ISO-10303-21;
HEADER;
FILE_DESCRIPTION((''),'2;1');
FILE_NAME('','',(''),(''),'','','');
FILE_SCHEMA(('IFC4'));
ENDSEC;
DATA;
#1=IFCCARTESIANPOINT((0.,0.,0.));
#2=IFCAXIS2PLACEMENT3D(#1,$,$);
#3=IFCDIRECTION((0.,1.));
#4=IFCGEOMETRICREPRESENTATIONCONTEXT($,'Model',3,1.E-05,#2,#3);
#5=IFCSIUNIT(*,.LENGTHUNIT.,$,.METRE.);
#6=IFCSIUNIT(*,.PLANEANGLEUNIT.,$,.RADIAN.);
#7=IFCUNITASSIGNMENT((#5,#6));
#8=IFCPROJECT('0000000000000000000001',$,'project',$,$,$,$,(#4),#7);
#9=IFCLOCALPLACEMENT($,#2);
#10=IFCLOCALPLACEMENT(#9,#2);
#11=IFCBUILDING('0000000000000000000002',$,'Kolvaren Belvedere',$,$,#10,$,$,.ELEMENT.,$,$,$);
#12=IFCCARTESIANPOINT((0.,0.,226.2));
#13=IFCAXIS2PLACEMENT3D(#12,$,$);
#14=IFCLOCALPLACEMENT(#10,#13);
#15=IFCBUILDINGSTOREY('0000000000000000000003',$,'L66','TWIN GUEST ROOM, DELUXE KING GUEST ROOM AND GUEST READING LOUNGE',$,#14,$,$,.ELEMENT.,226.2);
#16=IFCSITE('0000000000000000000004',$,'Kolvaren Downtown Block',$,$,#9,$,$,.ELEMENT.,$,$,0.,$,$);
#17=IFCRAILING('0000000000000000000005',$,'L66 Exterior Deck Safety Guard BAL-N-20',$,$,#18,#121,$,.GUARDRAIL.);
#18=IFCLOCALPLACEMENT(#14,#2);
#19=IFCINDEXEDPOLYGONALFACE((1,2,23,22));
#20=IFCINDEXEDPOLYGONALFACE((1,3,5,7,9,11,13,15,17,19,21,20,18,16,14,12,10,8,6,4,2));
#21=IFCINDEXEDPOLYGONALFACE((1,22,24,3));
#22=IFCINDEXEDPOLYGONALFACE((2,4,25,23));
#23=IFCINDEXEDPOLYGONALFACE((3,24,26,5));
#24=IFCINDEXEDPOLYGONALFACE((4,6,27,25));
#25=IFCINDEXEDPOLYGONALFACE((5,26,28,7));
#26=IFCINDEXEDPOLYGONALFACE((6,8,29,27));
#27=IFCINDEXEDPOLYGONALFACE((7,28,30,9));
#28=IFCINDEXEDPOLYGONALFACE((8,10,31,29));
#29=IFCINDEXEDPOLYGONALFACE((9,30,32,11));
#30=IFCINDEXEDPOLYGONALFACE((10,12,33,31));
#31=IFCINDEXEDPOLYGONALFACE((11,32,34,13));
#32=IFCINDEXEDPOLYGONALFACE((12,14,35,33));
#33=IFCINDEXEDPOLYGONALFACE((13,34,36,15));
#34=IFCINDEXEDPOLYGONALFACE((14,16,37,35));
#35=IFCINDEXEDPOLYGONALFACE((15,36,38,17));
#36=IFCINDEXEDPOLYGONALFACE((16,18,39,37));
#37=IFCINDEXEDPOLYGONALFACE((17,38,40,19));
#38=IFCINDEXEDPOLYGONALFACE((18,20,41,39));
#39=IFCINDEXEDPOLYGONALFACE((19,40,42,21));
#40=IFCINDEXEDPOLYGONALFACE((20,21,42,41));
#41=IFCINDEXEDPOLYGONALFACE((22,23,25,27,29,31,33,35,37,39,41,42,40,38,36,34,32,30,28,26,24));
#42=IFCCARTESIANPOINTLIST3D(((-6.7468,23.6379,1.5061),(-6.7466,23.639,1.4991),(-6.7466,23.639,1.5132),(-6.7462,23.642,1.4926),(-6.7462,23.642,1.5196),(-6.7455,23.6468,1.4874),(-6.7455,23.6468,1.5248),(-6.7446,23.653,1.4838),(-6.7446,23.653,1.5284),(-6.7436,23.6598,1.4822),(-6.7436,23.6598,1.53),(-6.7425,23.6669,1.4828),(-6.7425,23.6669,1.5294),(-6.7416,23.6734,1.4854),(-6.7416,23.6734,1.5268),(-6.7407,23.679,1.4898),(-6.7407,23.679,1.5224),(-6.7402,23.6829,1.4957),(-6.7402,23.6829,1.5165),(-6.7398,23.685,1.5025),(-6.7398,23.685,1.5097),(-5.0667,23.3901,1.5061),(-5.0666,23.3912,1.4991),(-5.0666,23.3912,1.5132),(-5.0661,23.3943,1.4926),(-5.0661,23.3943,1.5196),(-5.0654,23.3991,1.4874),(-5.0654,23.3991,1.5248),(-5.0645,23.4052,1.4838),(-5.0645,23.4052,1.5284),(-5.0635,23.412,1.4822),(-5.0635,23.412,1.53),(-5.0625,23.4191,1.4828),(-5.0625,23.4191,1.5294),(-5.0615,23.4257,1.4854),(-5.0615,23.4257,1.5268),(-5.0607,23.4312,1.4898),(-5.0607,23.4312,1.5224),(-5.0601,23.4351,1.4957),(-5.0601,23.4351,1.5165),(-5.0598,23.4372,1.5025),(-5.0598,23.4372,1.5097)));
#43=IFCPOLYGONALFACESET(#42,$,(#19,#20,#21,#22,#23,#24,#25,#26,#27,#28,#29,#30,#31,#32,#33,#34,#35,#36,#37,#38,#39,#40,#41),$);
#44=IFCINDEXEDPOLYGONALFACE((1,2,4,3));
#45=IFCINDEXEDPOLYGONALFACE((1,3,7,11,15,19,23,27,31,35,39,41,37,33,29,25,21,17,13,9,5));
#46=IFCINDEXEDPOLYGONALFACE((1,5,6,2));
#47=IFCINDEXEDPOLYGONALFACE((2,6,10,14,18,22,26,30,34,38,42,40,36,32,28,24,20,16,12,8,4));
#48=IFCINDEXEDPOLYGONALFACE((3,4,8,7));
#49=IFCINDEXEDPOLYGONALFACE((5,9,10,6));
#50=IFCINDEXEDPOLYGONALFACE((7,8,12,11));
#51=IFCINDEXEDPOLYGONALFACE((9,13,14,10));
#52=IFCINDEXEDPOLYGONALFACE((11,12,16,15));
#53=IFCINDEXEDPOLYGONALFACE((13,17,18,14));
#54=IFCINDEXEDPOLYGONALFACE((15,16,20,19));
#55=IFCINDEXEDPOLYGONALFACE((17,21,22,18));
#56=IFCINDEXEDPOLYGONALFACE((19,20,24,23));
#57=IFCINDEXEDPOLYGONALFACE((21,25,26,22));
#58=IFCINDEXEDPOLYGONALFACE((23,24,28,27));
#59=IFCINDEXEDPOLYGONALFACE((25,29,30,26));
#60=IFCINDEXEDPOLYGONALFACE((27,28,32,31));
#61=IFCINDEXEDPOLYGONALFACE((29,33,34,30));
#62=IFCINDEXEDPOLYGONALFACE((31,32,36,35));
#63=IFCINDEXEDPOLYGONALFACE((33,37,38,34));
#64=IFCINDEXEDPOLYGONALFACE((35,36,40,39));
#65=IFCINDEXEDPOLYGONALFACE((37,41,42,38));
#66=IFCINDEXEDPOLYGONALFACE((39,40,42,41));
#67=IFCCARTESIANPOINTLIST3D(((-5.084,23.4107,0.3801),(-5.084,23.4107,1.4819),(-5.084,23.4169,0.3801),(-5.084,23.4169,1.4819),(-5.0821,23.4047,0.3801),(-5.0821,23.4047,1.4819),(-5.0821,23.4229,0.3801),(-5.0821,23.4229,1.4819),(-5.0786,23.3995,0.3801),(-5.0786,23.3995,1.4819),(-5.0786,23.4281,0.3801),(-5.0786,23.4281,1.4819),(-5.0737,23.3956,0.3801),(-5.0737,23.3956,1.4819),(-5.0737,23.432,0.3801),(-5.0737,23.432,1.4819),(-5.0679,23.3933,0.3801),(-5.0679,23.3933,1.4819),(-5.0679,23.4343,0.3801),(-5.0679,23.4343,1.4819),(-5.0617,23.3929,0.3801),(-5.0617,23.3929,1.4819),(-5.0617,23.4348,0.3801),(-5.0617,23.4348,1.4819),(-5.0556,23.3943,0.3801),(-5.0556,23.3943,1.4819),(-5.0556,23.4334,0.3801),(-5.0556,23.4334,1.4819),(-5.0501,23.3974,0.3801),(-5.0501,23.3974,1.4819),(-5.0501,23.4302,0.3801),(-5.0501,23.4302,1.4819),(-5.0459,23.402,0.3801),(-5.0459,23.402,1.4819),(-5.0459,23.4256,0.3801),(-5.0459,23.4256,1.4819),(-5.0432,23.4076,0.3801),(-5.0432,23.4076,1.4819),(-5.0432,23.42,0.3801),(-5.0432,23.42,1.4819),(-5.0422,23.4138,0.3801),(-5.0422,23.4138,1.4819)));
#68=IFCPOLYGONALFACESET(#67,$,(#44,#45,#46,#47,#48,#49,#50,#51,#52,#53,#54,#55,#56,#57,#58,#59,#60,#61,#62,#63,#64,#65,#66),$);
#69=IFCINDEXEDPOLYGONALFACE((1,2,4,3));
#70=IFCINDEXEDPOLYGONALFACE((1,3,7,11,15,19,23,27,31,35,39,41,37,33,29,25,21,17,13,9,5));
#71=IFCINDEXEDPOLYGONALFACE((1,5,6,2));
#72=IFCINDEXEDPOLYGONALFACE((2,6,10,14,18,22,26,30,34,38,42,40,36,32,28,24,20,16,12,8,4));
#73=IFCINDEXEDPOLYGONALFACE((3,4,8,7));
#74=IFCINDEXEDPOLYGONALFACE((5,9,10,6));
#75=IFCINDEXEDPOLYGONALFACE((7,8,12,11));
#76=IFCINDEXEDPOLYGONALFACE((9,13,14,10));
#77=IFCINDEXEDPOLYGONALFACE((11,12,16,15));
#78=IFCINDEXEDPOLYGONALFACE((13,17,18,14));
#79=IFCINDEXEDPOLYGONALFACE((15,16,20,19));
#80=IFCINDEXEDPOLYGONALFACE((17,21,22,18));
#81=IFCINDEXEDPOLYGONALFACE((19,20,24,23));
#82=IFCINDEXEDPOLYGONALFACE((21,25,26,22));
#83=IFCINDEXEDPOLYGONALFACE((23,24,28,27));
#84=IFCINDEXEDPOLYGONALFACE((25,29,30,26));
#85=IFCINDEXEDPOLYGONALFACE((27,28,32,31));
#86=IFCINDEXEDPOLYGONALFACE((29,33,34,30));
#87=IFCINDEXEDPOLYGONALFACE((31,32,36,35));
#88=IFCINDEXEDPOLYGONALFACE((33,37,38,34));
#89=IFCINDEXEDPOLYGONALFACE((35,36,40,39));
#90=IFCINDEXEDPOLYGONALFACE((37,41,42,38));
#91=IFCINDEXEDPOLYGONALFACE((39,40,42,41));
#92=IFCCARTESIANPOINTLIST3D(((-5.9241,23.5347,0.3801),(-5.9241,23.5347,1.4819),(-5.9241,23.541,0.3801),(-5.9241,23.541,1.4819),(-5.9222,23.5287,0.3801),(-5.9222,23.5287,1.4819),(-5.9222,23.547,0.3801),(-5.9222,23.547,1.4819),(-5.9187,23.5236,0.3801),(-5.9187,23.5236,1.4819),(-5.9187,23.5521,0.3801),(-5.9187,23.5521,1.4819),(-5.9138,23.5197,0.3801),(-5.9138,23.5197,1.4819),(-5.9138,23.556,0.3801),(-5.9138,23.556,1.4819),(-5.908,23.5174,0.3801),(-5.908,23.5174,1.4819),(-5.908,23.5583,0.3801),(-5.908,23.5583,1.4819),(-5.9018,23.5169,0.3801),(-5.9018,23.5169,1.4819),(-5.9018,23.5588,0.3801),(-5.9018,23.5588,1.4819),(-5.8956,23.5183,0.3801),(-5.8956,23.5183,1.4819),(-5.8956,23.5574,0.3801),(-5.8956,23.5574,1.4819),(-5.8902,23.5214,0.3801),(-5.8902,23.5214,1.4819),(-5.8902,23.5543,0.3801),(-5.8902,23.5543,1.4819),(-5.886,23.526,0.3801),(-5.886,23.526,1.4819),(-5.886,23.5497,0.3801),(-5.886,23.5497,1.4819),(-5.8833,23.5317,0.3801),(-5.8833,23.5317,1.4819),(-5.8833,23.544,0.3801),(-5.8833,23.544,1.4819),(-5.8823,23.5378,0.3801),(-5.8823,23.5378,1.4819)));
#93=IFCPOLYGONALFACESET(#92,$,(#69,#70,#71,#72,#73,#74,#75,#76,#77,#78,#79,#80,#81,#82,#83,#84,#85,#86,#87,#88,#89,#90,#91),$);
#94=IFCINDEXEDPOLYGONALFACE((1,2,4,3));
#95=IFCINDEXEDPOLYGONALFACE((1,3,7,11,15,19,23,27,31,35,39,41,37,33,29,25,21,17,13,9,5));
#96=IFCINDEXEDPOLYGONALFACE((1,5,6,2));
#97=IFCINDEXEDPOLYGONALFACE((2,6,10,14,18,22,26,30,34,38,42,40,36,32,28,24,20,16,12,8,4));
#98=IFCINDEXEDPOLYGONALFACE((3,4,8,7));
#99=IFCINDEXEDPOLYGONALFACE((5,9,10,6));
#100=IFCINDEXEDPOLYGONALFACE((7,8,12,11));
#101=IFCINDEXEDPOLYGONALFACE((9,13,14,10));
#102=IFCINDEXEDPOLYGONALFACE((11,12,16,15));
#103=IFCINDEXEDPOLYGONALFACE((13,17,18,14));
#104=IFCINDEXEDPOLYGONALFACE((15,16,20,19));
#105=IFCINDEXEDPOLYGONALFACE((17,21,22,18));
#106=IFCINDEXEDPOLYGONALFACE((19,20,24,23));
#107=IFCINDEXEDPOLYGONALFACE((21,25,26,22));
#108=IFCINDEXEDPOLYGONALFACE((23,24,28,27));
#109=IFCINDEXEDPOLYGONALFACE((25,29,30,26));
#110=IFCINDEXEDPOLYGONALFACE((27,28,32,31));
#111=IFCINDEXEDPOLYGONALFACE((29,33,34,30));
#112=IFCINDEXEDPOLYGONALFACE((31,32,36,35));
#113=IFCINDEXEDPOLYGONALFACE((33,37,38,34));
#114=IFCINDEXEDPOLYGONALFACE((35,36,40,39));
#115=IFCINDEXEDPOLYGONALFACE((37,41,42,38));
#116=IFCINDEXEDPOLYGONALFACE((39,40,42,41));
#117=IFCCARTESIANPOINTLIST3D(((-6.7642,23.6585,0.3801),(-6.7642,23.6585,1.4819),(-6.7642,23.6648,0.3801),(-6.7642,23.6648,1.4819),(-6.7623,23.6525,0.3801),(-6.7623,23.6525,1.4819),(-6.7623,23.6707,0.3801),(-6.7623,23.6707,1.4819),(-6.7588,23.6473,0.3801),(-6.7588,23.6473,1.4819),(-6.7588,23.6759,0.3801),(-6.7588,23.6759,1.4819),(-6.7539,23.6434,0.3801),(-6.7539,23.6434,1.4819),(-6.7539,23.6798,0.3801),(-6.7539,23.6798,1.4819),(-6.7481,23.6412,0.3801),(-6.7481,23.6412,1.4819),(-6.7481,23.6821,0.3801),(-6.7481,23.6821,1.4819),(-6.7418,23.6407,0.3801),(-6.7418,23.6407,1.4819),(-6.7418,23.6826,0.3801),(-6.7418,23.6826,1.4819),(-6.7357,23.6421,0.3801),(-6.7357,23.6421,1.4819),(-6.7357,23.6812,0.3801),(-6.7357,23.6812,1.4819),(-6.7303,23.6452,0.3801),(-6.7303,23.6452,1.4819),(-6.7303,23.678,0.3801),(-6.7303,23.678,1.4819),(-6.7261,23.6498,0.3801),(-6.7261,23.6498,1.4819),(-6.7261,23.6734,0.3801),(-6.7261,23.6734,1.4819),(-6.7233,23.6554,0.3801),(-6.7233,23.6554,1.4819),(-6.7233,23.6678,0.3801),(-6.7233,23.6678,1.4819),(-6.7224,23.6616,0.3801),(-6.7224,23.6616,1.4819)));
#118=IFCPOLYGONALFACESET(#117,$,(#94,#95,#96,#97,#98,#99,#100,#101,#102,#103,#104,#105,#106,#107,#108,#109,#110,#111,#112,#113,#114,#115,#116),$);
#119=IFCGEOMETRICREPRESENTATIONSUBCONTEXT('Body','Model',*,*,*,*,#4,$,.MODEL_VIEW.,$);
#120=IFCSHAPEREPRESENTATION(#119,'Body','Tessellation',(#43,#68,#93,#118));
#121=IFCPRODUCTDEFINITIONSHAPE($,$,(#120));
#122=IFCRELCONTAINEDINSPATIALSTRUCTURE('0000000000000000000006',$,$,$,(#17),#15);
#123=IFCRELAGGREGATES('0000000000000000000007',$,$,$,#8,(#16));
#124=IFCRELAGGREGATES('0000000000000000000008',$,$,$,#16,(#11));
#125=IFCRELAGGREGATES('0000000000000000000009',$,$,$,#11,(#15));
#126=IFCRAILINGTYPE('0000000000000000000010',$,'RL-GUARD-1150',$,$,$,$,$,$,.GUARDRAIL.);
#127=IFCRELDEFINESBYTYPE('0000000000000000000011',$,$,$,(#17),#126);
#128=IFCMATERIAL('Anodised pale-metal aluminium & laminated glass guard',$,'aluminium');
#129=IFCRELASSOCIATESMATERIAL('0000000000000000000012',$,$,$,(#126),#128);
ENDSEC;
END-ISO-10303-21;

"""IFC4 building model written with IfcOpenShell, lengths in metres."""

from ifc_helpers import new_model, si_unit, direction, frame, origin, origin_2d, place, context, subcontext, project, spatial, circle, extrude, material, type_object, element, save


model = new_model("IFC4")

# Units and contexts
model_context = context("Model", 3, precision=1e-05, world=origin(), true_north=direction((0.0, 1.0)))
body_context = subcontext(model_context, "Body", "Model", "MODEL_VIEW")
ifc_project = project(units=[si_unit("LENGTHUNIT", "METRE"), si_unit("PLANEANGLEUNIT", "RADIAN")], contexts=[model_context])

# Site, building, storey
site_placement = place(None, origin())
site = spatial("IfcSite", under=ifc_project, at=site_placement, Name="Kolvaren Downtown Block", CompositionType="ELEMENT", RefElevation=0.0)
building_placement = place(site_placement, origin())
building = spatial("IfcBuilding", under=site, at=building_placement, Name="Kolvaren Belvedere", CompositionType="ELEMENT")
storey_placement = place(building_placement, frame((0.0, 0.0, 226.2)))
storey = spatial("IfcBuildingStorey", under=building, at=storey_placement, Name="L66", Description="TWIN GUEST ROOM, DELUXE KING GUEST ROOM AND GUEST READING LOUNGE", CompositionType="ELEMENT", Elevation=226.2)

# Railing
ifc_material_1 = material(Name="Anodised pale-metal aluminium & laminated glass guard", Category="aluminium")
railing_type = type_object("IfcRailingType", Name="RL-GUARD-1150", PredefinedType="GUARDRAIL", material=ifc_material_1)
railing_1_placement = place(storey_placement, frame((-5.0632, 23.4138, 0.3801)))
element("IfcRailing", 1, at=railing_1_placement, inside=storey, type_object=railing_type, Name="L66 Exterior Deck Safety Guard BAL-N-20", PredefinedType="GUARDRAIL", context=body_context, shape_type="SweptSolid", body=[
    extrude(circle(Radius=0.0239, at=origin_2d()), frame((0.0, 0.0, 1.126), z_axis=(-0.989298, 0.145908, 0.0), x_axis=(-0.145908, -0.989298, 0.0)), (0.0, 0.0, 1.0), 1.6982),
    extrude(circle(Radius=0.021, at=origin_2d()), origin(), (0.0, 0.0, 1.0), 1.1018),
    extrude(circle(Radius=0.021, at=origin_2d()), frame((-0.8401, 0.124, 0.0)), (0.0, 0.0, 1.0), 1.1018),
    extrude(circle(Radius=0.021, at=origin_2d()), frame((-1.6802, 0.2478, 0.0)), (0.0, 0.0, 1.0), 1.1018),
])

save(model, "model.ifc")
